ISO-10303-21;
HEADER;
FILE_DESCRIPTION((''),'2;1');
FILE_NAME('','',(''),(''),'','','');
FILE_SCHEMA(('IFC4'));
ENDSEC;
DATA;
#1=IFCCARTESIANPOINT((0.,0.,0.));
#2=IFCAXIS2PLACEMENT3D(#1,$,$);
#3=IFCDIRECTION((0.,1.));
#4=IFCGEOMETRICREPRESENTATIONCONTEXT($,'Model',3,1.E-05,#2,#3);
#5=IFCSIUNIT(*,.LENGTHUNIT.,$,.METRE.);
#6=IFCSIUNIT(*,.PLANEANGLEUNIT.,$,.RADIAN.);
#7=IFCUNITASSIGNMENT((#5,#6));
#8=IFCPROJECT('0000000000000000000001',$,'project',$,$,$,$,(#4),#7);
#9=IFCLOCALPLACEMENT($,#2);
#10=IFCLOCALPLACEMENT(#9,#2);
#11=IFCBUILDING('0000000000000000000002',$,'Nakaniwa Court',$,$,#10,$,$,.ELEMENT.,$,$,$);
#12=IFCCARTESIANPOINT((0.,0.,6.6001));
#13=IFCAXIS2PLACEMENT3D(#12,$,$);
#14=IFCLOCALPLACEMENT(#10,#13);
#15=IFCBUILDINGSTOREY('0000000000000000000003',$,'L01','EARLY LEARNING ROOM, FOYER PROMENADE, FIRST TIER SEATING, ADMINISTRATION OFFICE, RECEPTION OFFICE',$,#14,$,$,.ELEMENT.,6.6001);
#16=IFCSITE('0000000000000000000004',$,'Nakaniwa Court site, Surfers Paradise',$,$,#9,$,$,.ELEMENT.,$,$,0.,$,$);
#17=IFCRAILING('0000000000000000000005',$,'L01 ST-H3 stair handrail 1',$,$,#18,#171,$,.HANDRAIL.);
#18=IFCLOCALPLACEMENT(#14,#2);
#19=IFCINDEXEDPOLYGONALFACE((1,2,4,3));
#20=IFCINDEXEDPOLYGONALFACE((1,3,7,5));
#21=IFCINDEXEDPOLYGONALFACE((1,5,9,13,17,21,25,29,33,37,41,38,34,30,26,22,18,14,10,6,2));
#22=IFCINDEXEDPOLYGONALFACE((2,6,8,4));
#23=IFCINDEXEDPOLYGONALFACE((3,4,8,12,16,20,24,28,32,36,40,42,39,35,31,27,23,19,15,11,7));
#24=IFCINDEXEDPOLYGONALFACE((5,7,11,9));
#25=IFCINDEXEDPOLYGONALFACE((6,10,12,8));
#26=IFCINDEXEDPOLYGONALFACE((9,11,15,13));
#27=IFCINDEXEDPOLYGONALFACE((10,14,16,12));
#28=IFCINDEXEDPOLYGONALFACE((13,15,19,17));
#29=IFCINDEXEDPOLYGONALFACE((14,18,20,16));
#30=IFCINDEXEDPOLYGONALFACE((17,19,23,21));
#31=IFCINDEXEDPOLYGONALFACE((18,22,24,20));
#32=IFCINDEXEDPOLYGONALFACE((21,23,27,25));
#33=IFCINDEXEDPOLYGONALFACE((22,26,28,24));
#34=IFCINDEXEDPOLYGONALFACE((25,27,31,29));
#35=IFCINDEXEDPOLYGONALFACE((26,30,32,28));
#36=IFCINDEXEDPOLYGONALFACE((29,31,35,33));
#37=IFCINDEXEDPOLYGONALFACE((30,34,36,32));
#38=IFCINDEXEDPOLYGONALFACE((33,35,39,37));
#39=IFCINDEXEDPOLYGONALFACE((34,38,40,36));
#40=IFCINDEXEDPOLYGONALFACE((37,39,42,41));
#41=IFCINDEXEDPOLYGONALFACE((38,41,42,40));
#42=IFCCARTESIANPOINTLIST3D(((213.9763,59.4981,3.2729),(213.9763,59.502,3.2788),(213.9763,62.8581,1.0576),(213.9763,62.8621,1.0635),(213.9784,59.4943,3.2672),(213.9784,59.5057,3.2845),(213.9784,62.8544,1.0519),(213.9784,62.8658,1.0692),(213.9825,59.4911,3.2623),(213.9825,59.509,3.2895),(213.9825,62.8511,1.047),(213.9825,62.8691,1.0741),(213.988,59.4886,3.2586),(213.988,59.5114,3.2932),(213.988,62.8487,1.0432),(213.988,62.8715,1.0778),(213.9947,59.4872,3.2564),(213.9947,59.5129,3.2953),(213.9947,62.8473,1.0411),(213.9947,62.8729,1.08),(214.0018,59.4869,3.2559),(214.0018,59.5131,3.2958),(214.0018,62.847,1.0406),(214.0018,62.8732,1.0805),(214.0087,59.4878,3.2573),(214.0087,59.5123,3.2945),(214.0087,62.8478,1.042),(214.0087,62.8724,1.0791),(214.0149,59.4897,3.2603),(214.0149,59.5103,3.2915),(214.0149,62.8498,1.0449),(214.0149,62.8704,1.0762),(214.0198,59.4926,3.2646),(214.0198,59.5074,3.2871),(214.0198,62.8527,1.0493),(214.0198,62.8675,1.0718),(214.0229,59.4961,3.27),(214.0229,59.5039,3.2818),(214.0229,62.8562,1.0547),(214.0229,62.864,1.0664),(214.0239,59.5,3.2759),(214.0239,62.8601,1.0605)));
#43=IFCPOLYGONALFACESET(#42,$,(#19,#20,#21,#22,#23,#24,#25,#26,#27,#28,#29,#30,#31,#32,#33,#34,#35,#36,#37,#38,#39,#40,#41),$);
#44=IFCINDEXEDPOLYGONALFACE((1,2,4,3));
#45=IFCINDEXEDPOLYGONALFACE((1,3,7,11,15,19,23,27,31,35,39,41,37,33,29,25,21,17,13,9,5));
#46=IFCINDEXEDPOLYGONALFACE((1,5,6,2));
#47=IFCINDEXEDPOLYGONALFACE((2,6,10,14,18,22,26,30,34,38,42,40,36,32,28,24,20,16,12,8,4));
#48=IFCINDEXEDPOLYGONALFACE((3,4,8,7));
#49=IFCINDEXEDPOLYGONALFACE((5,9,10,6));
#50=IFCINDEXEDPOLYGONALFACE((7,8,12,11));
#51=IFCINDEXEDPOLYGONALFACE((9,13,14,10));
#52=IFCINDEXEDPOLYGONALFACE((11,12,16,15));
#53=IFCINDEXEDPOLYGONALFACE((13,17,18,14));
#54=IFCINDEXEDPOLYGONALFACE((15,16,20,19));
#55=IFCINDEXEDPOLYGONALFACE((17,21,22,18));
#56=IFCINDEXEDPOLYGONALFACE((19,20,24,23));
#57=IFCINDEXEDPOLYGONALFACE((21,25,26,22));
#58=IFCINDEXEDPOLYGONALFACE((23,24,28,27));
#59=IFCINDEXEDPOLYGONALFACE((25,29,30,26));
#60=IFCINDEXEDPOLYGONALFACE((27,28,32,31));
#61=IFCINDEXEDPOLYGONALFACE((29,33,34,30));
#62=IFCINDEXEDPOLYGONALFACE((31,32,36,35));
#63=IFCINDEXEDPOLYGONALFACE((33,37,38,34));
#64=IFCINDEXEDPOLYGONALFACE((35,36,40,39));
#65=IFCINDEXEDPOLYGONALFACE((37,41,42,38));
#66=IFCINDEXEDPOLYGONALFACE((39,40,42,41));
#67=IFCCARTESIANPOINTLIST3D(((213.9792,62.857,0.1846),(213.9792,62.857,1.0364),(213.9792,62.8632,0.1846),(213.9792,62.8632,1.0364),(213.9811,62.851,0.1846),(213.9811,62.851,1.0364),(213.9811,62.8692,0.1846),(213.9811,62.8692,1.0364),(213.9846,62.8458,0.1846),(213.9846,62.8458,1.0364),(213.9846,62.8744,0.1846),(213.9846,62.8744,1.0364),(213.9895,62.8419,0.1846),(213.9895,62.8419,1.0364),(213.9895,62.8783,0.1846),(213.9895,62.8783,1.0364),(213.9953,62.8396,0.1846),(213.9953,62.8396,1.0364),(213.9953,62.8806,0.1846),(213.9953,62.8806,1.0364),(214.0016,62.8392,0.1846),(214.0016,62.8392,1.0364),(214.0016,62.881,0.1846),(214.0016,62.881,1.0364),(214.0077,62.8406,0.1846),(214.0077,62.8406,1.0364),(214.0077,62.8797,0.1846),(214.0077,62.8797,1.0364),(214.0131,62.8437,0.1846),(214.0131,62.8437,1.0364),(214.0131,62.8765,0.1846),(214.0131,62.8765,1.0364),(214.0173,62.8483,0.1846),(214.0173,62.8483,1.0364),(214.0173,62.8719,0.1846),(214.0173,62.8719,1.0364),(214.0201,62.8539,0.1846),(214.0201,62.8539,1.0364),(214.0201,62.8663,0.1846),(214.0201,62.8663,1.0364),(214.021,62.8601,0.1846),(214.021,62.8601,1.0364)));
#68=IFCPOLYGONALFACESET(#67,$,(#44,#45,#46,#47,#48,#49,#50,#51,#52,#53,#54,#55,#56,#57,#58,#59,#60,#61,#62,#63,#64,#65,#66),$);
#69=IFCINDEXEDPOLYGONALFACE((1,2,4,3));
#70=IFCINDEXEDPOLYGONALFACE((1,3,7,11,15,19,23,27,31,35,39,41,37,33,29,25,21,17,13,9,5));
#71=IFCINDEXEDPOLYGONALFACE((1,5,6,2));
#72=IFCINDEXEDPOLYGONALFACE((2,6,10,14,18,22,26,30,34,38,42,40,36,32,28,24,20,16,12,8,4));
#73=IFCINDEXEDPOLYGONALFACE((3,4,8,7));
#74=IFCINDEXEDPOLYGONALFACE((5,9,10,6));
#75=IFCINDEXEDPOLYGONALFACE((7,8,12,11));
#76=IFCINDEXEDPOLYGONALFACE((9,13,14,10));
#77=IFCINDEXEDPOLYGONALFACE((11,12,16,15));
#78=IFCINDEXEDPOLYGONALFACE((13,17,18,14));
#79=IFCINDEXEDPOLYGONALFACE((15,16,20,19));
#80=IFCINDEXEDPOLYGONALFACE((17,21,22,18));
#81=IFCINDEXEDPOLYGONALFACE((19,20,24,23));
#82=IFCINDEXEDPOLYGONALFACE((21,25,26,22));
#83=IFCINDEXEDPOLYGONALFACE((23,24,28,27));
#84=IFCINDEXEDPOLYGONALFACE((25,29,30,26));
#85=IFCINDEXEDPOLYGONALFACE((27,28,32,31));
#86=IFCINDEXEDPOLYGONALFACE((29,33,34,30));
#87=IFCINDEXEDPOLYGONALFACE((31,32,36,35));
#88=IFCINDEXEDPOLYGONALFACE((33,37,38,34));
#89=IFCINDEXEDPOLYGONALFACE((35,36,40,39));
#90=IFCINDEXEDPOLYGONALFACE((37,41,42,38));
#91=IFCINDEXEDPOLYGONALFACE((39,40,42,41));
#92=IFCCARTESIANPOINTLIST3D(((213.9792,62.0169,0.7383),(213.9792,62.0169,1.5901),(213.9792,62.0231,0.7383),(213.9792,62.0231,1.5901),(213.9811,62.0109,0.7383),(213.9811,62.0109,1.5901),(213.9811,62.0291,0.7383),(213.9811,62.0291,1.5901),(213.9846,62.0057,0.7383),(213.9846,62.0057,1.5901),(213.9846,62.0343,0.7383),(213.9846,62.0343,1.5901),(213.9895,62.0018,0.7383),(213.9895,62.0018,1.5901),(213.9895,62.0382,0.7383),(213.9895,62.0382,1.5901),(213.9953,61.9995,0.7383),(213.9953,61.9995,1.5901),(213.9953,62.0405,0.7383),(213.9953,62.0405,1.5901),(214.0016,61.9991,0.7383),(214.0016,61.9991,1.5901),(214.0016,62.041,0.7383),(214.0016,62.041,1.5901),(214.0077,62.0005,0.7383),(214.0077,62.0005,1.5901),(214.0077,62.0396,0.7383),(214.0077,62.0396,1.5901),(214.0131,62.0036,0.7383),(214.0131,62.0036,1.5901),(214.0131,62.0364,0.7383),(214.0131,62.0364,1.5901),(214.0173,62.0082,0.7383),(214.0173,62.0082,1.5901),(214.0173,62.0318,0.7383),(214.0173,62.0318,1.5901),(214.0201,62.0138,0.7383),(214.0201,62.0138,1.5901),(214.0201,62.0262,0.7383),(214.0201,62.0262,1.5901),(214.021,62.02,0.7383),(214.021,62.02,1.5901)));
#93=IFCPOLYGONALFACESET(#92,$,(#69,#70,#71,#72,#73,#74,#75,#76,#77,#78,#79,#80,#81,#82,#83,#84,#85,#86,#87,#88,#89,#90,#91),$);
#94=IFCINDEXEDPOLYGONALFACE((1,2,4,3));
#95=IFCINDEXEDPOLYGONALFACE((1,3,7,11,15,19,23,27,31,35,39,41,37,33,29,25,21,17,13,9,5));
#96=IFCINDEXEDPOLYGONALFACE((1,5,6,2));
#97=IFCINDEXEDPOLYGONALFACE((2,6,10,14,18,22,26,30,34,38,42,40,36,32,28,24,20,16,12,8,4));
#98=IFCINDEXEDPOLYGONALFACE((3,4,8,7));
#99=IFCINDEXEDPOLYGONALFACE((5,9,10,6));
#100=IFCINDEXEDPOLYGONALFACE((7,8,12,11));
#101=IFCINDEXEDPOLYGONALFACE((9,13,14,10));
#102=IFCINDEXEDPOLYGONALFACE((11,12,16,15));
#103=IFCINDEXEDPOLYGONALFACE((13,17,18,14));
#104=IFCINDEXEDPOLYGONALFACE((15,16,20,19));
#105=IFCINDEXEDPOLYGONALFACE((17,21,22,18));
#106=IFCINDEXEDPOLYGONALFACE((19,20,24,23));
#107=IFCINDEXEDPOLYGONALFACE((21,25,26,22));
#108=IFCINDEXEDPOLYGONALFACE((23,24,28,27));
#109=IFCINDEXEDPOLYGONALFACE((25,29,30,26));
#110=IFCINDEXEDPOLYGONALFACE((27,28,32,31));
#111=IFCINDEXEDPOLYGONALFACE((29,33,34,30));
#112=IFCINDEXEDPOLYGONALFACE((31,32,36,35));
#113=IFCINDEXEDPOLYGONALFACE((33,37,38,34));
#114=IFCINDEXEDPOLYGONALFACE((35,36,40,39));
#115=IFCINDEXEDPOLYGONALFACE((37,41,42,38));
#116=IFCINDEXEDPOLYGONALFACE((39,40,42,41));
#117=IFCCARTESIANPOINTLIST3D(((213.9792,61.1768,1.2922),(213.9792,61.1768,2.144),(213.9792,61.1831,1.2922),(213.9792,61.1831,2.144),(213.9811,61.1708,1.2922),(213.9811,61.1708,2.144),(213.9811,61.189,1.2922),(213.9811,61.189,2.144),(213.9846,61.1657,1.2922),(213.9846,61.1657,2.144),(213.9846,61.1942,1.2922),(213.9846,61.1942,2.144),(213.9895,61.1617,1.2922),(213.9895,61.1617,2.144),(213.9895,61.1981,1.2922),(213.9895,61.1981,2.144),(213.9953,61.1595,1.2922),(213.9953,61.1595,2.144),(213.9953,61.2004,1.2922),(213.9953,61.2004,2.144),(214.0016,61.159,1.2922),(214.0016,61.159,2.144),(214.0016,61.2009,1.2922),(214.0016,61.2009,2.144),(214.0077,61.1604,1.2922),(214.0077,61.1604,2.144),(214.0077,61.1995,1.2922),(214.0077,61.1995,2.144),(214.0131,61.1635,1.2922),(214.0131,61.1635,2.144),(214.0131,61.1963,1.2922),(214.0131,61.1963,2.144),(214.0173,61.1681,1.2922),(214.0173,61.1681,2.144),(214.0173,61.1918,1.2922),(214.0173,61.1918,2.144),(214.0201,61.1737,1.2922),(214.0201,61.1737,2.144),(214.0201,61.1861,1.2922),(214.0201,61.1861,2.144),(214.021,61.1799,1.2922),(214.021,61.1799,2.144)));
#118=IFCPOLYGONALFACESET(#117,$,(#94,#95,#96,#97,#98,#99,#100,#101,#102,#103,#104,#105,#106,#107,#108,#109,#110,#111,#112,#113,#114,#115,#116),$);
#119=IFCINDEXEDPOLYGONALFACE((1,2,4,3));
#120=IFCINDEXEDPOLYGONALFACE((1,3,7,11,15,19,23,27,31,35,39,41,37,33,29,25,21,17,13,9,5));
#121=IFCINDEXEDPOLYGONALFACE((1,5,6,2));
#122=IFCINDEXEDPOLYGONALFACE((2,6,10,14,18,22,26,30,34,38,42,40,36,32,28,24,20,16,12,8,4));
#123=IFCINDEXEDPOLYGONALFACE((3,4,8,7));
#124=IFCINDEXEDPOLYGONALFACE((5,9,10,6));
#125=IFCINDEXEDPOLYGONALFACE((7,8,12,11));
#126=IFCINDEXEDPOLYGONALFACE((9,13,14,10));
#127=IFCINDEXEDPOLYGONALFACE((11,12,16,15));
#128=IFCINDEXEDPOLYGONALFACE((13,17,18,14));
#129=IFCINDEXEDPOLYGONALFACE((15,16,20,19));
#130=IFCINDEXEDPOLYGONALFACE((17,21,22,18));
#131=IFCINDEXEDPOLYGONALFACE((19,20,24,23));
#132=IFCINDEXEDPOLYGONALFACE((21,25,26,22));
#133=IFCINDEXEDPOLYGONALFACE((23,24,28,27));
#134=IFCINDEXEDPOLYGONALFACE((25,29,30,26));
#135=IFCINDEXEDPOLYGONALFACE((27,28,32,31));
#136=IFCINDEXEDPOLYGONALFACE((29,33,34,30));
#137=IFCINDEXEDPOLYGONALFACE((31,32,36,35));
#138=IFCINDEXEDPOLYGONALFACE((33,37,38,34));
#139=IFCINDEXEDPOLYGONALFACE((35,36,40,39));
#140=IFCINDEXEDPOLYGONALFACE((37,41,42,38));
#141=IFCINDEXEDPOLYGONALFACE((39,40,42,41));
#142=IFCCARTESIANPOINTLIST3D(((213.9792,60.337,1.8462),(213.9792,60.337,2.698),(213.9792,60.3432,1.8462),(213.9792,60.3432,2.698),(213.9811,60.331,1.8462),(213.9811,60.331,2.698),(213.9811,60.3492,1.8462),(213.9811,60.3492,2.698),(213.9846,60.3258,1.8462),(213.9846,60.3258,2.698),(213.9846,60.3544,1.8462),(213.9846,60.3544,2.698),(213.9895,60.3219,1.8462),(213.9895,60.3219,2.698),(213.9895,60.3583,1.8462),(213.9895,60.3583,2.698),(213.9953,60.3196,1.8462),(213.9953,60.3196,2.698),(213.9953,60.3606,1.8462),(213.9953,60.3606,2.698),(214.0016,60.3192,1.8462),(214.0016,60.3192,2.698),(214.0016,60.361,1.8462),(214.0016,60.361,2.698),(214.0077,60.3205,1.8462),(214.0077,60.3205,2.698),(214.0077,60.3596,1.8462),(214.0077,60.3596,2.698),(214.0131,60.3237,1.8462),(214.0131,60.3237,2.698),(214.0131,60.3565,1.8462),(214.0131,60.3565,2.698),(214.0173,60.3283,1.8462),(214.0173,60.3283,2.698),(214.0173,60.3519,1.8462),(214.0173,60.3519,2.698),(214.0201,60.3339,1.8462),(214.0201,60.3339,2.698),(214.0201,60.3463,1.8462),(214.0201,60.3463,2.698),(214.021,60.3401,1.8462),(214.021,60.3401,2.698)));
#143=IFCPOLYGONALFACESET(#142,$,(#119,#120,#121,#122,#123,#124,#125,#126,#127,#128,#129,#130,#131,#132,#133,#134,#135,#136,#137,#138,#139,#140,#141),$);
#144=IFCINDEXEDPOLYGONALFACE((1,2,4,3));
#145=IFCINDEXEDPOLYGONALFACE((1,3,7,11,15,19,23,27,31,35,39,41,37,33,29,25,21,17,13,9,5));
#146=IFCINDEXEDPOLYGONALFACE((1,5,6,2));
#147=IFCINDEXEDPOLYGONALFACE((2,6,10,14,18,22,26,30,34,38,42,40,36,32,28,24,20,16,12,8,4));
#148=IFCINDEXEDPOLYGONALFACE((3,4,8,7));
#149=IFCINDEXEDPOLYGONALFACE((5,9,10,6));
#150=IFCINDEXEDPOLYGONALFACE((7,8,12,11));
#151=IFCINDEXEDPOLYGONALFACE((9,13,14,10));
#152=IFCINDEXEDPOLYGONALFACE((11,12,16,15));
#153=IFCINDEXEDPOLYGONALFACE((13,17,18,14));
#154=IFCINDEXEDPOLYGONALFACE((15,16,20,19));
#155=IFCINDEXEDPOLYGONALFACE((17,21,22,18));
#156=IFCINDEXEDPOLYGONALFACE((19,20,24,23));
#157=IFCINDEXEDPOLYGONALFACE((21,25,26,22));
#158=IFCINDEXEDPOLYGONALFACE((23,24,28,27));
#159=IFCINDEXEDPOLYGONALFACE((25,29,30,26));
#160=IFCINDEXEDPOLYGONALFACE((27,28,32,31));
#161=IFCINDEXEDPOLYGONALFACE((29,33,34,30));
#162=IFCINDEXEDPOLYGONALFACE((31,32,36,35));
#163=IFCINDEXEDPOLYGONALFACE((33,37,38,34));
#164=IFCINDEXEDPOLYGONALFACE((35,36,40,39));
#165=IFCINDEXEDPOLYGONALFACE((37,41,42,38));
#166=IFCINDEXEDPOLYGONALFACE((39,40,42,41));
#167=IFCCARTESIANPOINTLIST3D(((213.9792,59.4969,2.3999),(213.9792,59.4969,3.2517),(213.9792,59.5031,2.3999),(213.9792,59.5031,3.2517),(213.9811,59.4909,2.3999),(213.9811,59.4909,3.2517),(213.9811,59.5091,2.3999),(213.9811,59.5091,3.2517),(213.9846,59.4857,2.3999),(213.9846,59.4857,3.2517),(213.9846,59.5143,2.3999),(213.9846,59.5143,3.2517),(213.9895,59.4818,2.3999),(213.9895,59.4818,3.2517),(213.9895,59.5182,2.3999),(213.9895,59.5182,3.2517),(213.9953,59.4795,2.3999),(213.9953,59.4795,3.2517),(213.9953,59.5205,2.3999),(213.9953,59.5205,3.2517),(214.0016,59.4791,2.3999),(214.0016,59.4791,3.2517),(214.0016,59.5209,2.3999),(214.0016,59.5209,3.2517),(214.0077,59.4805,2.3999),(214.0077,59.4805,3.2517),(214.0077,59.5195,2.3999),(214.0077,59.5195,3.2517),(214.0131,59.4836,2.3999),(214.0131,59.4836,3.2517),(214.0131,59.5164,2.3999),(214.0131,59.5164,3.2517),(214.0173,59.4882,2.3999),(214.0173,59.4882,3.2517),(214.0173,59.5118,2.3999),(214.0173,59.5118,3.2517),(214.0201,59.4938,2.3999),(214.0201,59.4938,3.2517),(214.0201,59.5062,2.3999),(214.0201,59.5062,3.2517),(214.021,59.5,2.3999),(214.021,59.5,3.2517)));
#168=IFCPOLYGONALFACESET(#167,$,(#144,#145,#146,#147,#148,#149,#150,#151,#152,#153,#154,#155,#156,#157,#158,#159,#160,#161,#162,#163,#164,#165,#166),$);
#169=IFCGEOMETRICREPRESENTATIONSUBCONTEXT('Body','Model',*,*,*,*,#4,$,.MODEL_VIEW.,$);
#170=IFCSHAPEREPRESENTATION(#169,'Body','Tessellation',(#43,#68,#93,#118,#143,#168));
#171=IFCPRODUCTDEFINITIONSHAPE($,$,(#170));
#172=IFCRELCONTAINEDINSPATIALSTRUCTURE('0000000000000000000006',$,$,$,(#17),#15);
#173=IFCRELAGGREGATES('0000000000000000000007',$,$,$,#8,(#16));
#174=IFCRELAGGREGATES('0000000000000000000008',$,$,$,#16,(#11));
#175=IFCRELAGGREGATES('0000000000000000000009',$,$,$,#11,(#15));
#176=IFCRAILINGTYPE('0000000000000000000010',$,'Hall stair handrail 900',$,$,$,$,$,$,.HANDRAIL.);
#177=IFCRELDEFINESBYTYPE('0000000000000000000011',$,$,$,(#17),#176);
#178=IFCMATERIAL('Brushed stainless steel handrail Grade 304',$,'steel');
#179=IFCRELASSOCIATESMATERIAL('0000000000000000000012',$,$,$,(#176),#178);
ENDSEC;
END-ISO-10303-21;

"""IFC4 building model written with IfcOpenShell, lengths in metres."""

from ifc_helpers import new_model, si_unit, direction, frame, origin, origin_2d, place, context, subcontext, project, spatial, circle, extrude, material, type_object, element, save


model = new_model("IFC4")

# Units and contexts
model_context = context("Model", 3, precision=1e-05, world=origin(), true_north=direction((0.0, 1.0)))
body_context = subcontext(model_context, "Body", "Model", "MODEL_VIEW")
ifc_project = project(units=[si_unit("LENGTHUNIT", "METRE"), si_unit("PLANEANGLEUNIT", "RADIAN")], contexts=[model_context])

# Site, building, storey
site_placement = place(None, origin())
site = spatial("IfcSite", under=ifc_project, at=site_placement, Name="Nakaniwa Court site, Surfers Paradise", CompositionType="ELEMENT", RefElevation=0.0)
building_placement = place(site_placement, origin())
building = spatial("IfcBuilding", under=site, at=building_placement, Name="Nakaniwa Court", CompositionType="ELEMENT")
storey_placement = place(building_placement, frame((0.0, 0.0, 6.6001)))
storey = spatial("IfcBuildingStorey", under=building, at=storey_placement, Name="L01", Description="EARLY LEARNING ROOM, FOYER PROMENADE, FIRST TIER SEATING, ADMINISTRATION OFFICE, RECEPTION OFFICE", CompositionType="ELEMENT", Elevation=6.6001)

# Railing
ifc_material_1 = material(Name="Brushed stainless steel handrail Grade 304", Category="steel")
railing_type_1 = type_object("IfcRailingType", Name="Hall stair handrail 900", PredefinedType="HANDRAIL", material=ifc_material_1)
railing_1_placement = place(storey_placement, frame((214.0, 62.8601, 0.1846)))
element("IfcRailing", 1, at=railing_1_placement, inside=storey, type_object=railing_type_1, Name="L01 ST-H3 stair handrail 1", PredefinedType="HANDRAIL", context=body_context, shape_type="SweptSolid", body=[
    extrude(circle(Radius=0.0239, at=origin_2d()), frame((0.0, 0.0, 0.876), z_axis=(0.0, -0.834876, 0.550437), x_axis=(1.0, 0.0, 0.0)), (0.0, 0.0, 1.0), 4.0247),
    extrude(circle(Radius=0.021, at=origin_2d()), origin(), (0.0, 0.0, 1.0), 0.8518),
    extrude(circle(Radius=0.021, at=origin_2d()), frame((0.0, -0.8401, 0.5537)), (0.0, 0.0, 1.0), 0.8518),
    extrude(circle(Radius=0.021, at=origin_2d()), frame((0.0, -1.6802, 1.1077)), (0.0, 0.0, 1.0), 0.8518),
    extrude(circle(Radius=0.021, at=origin_2d()), frame((0.0, -2.52, 1.6616)), (0.0, 0.0, 1.0), 0.8518),
    extrude(circle(Radius=0.021, at=origin_2d()), frame((0.0, -3.3601, 2.2153)), (0.0, 0.0, 1.0), 0.8518),
])

save(model, "model.ifc")
